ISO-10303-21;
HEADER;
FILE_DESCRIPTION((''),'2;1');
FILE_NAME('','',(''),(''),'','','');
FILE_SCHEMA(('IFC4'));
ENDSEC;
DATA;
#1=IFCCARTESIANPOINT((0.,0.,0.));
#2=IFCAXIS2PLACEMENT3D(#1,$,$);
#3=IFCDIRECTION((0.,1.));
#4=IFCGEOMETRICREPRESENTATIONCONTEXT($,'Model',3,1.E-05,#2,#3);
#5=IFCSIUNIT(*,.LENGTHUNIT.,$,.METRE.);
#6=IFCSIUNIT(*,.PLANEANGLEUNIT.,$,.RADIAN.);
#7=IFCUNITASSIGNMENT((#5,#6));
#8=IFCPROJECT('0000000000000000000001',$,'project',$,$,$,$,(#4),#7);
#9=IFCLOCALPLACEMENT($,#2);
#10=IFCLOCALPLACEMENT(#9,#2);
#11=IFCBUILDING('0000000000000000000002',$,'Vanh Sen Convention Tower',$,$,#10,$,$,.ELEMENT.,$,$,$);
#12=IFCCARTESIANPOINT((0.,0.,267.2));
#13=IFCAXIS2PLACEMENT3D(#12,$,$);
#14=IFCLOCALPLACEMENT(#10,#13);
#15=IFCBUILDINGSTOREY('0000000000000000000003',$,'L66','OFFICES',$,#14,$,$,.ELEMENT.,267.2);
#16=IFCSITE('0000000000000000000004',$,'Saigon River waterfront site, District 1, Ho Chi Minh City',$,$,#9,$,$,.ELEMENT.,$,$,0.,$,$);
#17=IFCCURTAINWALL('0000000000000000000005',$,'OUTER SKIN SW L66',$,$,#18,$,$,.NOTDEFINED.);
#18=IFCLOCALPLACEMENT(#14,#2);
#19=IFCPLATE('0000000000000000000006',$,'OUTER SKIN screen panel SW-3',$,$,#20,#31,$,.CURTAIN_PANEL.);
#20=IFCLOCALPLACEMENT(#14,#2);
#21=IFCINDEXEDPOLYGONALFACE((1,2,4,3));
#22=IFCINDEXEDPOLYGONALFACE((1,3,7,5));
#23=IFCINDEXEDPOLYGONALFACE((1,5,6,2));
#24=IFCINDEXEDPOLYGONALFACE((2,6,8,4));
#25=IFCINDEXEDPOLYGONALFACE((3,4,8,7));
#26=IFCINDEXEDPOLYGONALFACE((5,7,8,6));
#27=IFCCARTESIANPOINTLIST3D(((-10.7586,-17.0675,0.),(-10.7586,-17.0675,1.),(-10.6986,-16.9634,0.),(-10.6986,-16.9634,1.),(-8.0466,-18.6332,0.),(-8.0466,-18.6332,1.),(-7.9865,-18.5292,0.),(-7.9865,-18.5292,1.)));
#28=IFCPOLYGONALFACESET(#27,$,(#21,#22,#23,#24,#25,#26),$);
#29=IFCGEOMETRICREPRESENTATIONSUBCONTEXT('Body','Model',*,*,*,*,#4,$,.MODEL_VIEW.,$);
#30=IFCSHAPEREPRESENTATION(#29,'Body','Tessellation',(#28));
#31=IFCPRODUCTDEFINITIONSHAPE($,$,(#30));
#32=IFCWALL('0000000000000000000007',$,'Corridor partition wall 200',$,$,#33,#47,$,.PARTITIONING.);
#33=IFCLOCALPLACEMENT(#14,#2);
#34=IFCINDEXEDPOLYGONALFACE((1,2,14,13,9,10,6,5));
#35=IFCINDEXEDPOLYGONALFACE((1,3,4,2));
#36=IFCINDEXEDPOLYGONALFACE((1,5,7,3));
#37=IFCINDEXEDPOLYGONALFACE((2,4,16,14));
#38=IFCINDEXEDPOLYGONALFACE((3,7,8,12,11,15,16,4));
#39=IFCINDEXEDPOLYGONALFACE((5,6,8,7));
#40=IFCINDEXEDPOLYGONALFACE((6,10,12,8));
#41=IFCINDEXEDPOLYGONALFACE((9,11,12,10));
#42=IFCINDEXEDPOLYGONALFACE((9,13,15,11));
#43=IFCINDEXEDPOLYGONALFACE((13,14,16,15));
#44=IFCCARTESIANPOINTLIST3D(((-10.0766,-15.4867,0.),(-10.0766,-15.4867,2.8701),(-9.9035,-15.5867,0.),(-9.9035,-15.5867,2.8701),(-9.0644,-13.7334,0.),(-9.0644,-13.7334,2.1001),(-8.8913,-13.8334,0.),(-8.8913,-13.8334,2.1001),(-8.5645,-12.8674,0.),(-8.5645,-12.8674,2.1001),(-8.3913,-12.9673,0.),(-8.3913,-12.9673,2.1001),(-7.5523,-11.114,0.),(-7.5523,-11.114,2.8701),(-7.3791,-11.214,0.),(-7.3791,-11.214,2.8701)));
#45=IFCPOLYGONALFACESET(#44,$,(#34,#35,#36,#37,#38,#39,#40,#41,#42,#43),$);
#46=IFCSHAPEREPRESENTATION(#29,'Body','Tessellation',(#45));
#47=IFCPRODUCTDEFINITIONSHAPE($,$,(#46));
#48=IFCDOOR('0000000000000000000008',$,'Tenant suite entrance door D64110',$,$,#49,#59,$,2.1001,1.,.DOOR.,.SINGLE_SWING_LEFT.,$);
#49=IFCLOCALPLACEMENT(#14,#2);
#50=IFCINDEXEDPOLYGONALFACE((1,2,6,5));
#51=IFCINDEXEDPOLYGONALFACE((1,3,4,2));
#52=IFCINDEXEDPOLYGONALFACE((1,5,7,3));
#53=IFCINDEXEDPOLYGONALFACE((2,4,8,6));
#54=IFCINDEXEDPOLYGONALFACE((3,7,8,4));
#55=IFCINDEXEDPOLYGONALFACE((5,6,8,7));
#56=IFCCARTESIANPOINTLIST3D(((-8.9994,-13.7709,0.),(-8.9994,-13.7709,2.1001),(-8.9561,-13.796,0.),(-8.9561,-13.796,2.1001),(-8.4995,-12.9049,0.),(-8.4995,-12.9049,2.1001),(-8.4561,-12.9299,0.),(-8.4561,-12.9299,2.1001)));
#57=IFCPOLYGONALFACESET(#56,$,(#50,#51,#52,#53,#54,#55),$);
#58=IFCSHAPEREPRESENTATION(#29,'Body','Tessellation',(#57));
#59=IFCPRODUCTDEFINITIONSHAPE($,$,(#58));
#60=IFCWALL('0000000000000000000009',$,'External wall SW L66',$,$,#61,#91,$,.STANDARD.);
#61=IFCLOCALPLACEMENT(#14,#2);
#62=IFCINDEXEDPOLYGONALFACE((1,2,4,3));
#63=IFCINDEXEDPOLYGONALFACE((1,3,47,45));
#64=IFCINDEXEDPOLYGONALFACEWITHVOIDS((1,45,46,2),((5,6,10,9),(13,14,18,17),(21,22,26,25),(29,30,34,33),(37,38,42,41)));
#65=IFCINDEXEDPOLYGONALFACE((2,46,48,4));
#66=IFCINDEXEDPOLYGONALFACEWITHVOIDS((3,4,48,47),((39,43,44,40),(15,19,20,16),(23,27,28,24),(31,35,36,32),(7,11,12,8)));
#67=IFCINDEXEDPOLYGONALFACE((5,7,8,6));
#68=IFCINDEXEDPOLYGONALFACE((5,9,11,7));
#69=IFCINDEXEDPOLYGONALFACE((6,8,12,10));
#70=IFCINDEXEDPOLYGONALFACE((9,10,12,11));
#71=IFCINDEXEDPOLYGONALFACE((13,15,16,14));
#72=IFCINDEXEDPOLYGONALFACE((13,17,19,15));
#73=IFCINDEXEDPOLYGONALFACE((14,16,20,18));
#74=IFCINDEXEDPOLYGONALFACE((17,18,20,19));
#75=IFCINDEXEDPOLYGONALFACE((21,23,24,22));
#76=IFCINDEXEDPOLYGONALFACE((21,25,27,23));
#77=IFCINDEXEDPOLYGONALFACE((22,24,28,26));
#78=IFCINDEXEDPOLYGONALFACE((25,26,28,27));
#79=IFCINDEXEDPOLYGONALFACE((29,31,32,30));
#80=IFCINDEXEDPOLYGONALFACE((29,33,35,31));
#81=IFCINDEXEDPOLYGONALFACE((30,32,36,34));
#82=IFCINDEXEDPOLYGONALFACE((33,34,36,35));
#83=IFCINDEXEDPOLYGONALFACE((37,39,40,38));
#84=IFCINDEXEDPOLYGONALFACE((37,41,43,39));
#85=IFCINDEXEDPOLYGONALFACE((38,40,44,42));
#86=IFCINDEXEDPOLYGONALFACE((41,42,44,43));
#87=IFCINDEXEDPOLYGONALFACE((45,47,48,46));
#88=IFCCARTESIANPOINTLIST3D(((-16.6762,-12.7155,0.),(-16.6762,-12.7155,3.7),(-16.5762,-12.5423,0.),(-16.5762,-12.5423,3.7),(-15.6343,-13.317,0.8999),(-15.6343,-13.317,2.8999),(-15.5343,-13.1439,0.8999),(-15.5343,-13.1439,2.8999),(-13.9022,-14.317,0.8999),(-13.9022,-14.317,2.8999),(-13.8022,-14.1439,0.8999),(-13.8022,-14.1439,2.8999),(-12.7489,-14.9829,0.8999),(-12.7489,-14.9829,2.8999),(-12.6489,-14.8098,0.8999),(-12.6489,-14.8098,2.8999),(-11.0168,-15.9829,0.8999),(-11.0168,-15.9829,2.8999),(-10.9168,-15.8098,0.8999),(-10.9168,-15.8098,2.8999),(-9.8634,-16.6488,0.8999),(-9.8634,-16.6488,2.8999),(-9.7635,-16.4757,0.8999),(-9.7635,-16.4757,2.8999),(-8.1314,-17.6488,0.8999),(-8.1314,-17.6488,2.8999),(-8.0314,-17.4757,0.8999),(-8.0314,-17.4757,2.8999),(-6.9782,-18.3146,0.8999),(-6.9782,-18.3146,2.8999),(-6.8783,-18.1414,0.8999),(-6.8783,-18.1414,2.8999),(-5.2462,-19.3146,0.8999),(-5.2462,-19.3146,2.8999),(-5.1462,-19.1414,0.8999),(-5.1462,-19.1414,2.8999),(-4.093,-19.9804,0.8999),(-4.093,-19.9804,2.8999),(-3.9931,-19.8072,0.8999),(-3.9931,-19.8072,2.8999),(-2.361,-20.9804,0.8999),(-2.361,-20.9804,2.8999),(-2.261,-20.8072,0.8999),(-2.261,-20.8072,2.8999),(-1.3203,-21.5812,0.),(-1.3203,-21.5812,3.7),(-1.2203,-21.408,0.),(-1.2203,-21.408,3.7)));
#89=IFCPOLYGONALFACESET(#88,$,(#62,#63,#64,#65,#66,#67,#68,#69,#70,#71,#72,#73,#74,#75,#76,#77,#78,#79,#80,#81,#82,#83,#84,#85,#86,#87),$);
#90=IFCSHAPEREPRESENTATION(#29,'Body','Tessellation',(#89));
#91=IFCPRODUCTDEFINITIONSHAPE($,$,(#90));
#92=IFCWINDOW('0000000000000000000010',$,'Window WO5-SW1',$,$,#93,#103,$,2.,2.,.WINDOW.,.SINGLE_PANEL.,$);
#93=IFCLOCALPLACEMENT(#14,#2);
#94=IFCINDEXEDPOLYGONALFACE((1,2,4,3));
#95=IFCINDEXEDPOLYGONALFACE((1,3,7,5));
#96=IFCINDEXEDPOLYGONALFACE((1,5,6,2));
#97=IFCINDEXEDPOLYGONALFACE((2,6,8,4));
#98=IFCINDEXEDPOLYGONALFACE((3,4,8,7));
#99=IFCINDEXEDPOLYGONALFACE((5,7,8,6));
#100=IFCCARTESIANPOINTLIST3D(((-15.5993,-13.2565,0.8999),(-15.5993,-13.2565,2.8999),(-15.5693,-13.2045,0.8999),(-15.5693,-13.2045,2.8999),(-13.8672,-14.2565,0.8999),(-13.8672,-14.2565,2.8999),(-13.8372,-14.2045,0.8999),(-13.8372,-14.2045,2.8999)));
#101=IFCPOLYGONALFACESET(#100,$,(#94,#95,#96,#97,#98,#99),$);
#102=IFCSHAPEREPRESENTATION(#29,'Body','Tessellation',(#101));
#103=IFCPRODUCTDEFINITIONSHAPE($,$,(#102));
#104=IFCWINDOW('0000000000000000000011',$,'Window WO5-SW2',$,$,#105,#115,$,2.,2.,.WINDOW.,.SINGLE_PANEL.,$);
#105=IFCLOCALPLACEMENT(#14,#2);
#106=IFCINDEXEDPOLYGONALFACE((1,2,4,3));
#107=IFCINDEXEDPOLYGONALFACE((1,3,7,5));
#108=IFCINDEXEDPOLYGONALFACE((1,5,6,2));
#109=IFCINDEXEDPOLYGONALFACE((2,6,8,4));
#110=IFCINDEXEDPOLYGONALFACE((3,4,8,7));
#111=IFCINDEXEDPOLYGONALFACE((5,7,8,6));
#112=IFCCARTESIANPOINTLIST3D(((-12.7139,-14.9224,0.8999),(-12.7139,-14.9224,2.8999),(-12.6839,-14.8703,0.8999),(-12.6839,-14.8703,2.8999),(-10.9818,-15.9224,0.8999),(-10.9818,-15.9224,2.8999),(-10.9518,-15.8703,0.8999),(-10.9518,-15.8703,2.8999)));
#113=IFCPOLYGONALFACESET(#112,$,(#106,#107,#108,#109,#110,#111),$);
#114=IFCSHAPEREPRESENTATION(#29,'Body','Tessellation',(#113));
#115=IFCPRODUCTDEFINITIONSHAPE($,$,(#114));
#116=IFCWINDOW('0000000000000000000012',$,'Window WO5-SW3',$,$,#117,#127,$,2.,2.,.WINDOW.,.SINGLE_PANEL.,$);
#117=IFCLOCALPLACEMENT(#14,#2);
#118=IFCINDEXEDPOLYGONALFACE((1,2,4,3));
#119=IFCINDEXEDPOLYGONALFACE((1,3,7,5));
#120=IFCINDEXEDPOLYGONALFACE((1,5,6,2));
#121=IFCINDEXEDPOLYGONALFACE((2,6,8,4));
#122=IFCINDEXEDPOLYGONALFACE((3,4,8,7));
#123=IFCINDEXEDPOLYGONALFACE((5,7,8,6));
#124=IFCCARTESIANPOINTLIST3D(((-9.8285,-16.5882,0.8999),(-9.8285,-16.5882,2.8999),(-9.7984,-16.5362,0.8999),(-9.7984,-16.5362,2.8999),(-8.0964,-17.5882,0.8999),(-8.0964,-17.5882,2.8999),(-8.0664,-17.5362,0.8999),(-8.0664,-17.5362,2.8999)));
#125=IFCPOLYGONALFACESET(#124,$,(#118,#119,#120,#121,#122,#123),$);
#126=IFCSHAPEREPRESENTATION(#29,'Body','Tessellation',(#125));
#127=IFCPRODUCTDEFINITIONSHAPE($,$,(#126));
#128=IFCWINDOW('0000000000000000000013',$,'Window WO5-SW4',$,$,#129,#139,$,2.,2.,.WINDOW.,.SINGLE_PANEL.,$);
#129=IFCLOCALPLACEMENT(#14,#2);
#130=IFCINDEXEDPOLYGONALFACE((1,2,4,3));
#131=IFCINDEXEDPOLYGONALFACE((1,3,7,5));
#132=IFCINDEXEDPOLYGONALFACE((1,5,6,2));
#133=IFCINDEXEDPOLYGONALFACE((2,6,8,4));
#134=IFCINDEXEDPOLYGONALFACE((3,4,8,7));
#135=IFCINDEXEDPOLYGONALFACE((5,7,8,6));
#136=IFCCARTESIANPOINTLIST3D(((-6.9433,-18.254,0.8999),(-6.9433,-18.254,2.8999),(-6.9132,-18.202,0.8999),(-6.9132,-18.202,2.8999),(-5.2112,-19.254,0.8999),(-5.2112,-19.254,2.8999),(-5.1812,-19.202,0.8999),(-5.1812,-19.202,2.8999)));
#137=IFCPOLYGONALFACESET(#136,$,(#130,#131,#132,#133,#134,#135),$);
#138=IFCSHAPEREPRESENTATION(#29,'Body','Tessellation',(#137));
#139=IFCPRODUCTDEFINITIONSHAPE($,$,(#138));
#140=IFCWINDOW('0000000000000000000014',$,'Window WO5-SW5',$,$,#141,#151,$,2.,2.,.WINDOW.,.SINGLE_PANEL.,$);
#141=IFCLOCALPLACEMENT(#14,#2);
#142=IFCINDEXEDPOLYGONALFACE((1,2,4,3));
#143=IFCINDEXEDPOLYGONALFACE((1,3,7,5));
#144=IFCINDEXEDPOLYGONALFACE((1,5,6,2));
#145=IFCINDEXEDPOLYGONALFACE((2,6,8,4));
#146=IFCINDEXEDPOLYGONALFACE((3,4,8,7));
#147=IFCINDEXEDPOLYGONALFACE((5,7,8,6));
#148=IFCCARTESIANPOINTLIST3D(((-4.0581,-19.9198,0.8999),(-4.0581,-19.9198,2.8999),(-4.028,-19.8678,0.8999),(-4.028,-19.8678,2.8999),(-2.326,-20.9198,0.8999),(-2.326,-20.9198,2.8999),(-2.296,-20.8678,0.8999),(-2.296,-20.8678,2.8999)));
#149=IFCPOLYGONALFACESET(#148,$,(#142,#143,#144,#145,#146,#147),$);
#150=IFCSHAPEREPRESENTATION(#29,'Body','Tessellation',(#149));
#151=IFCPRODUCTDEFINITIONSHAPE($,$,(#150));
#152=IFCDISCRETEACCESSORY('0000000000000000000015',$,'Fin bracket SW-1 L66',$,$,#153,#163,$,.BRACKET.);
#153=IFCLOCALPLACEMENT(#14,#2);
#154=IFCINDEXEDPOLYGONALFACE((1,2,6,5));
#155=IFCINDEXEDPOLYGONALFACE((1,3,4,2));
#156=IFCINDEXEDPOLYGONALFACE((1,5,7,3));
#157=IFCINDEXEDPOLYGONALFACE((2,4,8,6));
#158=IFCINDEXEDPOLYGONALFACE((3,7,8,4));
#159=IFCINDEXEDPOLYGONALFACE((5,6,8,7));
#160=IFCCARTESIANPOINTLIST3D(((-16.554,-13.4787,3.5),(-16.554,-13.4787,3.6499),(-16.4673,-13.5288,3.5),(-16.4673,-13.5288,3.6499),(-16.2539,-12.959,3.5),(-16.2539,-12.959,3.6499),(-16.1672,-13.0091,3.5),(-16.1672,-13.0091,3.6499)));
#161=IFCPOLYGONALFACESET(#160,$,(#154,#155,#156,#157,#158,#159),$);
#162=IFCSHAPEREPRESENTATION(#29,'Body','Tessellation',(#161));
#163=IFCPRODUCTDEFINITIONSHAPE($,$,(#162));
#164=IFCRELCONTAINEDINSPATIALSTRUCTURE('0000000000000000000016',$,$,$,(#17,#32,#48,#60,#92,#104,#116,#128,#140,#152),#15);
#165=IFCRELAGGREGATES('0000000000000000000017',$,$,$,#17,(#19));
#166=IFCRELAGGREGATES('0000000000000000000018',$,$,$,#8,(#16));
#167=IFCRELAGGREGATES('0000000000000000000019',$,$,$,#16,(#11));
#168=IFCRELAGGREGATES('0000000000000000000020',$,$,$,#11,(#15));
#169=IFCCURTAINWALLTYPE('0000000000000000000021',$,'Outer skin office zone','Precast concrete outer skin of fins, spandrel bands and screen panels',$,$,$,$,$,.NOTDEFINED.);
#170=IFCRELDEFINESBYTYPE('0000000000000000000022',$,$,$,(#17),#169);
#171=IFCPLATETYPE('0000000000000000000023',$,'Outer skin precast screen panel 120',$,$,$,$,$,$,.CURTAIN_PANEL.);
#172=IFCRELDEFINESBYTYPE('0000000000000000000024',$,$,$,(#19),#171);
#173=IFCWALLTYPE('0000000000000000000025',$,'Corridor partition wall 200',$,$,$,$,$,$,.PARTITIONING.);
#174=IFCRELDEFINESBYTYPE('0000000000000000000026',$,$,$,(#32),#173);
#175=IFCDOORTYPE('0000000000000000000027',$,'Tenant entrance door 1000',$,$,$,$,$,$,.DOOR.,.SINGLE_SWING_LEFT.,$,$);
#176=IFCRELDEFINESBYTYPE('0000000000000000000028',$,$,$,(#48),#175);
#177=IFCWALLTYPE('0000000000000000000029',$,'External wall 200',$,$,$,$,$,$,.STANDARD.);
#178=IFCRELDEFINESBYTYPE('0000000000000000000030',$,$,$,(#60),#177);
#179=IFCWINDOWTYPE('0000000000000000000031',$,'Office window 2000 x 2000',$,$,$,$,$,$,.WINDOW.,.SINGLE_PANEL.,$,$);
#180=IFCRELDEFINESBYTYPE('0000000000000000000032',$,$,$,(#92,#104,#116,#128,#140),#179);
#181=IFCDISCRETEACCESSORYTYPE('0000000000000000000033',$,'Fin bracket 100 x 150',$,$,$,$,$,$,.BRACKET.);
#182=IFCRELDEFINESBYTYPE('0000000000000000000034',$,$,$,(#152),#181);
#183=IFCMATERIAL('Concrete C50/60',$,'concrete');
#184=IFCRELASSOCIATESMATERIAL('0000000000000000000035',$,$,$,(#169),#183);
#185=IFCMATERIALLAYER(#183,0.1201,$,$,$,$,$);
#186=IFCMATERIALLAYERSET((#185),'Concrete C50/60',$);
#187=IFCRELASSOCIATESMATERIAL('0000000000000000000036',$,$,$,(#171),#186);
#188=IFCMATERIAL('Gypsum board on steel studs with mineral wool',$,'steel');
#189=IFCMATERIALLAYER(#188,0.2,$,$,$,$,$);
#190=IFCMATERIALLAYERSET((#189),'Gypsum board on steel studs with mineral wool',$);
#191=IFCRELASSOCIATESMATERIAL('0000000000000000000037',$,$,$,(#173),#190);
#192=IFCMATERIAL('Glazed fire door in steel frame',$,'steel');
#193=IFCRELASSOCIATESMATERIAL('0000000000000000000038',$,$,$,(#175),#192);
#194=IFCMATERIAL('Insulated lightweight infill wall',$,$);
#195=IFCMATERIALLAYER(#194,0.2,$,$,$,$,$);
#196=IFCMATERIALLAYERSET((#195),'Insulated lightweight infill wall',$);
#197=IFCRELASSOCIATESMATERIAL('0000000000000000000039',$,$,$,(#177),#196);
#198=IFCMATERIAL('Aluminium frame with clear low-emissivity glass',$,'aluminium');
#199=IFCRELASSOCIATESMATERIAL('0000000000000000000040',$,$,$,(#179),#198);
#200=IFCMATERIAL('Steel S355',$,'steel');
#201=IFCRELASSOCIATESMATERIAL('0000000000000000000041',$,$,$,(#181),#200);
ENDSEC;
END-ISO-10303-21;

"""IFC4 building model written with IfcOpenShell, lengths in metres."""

from ifc_helpers import new_model, si_unit, direction, frame, frame_2d, origin, origin_2d, place, context, subcontext, project, spatial, rectangle, extrude, material, layer, layer_set, type_object, element, fill, aggregate, save


model = new_model("IFC4")

# Units and contexts
model_context = context("Model", 3, precision=1e-05, world=origin(), true_north=direction((0.0, 1.0)))
body_context = subcontext(model_context, "Body", "Model", "MODEL_VIEW")
ifc_project = project(units=[si_unit("LENGTHUNIT", "METRE"), si_unit("PLANEANGLEUNIT", "RADIAN")], contexts=[model_context])

# Site, building, storey
site_placement = place(None, origin())
site = spatial("IfcSite", under=ifc_project, at=site_placement, Name="Saigon River waterfront site, District 1, Ho Chi Minh City", CompositionType="ELEMENT", RefElevation=0.0)
building_placement = place(site_placement, origin())
building = spatial("IfcBuilding", under=site, at=building_placement, Name="Vanh Sen Convention Tower", CompositionType="ELEMENT")
storey_placement = place(building_placement, frame((0.0, 0.0, 267.2)))
storey = spatial("IfcBuildingStorey", under=building, at=storey_placement, Name="L66", Description="OFFICES", CompositionType="ELEMENT", Elevation=267.2)

# Curtain wall
ifc_material_1 = material(Name="Concrete C50/60", Category="concrete")
curtain_wall_type = type_object("IfcCurtainWallType", Name="Outer skin office zone", Description="Precast concrete outer skin of fins, spandrel bands and screen panels", PredefinedType="NOTDEFINED", material=ifc_material_1)
curtain_wall_placement = place(storey_placement, origin())
curtain_wall = element("IfcCurtainWall", 1, at=curtain_wall_placement, inside=storey, type_object=curtain_wall_type, Name="OUTER SKIN SW L66", PredefinedType="NOTDEFINED")

# Plate
ifc_layer_1 = layer(ifc_material_1, 0.1201)
ifc_layer_set_1 = layer_set([ifc_layer_1], Name="Concrete C50/60")
plate_type = type_object("IfcPlateType", Name="Outer skin precast screen panel 120", PredefinedType="CURTAIN_PANEL", material=ifc_layer_set_1)
plate_1_placement = place(storey_placement, frame((-9.3726, -17.7983, 0.0), z_axis=(0.0, 0.0, 1.0), x_axis=(0.866029, -0.499994, 0.0)))
plate_1 = element("IfcPlate", 2, at=plate_1_placement, type_object=plate_type, Name="OUTER SKIN screen panel SW-3", PredefinedType="CURTAIN_PANEL", context=body_context, shape_type="SweptSolid", body=[
    extrude(rectangle(XDim=3.1316, YDim=0.1201, at=origin_2d()), origin(), (0.0, 0.0, 1.0), 1.0),
])
aggregate(curtain_wall, [plate_1])

# Wall, opening, door
ifc_material_2 = material(Name="Gypsum board on steel studs with mineral wool", Category="steel")
ifc_layer_2 = layer(ifc_material_2, 0.2)
ifc_layer_set_2 = layer_set([ifc_layer_2], Name="Gypsum board on steel studs with mineral wool")
wall_type_1 = type_object("IfcWallType", Name="Corridor partition wall 200", PredefinedType="PARTITIONING", material=ifc_layer_set_2)
wall_1_placement = place(storey_placement, frame((-9.99, -15.5366, 0.0), z_axis=(0.0, 0.0, 1.0), x_axis=(0.499967, 0.866045, 0.0)))
wall_1 = element("IfcWall", 3, at=wall_1_placement, inside=storey, type_object=wall_type_1, Name="Corridor partition wall 200", PredefinedType="PARTITIONING", context=body_context, shape_type="SweptSolid", body=[
    extrude(rectangle(XDim=5.0491, YDim=0.2, at=frame_2d((2.5244, 0.0))), origin(), (0.0, 0.0, 1.0), 2.8701),
])
opening_1_placement = place(wall_1_placement, frame((2.0244, 0.0, 0.0)))
opening_1 = element("IfcOpeningElement", 4, at=opening_1_placement, cuts=wall_1, PredefinedType="OPENING", context=body_context, shape_type="SweptSolid", body=[
    extrude(rectangle(XDim=1.0, YDim=2.1001, at=frame_2d((0.5, 1.05))), frame((0.0, 0.1099, 0.0), z_axis=(0.0, -1.0, 0.0), x_axis=(1.0, 0.0, 0.0)), (0.0, 0.0, 1.0), 0.22),
])
ifc_material_3 = material(Name="Glazed fire door in steel frame", Category="steel")
door_type = type_object("IfcDoorType", Name="Tenant entrance door 1000", OperationType="SINGLE_SWING_LEFT", PredefinedType="DOOR", material=ifc_material_3)
door_placement = place(opening_1_placement, origin())
door = element("IfcDoor", 5, at=door_placement, inside=storey, type_object=door_type, Name="Tenant suite entrance door D64110", OperationType="SINGLE_SWING_LEFT", OverallHeight=2.1001, OverallWidth=1.0, PredefinedType="DOOR", context=body_context, shape_type="SweptSolid", body=[
    extrude(rectangle(XDim=1.0, YDim=2.1001, at=frame_2d((0.5, 1.05))), frame((0.0, 0.0249, 0.0), z_axis=(0.0, -1.0, 0.0), x_axis=(1.0, 0.0, 0.0)), (0.0, 0.0, 1.0), 0.05),
])
fill(opening_1, door)

# Wall, openings, windows
ifc_material_4 = material(Name="Insulated lightweight infill wall")
ifc_layer_3 = layer(ifc_material_4, 0.2)
ifc_layer_set_3 = layer_set([ifc_layer_3], Name="Insulated lightweight infill wall")
wall_type_2 = type_object("IfcWallType", Name="External wall 200", PredefinedType="STANDARD", material=ifc_layer_set_3)
wall_2_placement = place(storey_placement, frame((-16.6262, -12.6289, 0.0), z_axis=(0.0, 0.0, 1.0), x_axis=(0.866026, -0.499998, 0.0)))
wall_2 = element("IfcWall", 6, at=wall_2_placement, inside=storey, type_object=wall_type_2, Name="External wall SW L66", PredefinedType="STANDARD", context=body_context, shape_type="SweptSolid", body=[
    extrude(rectangle(XDim=17.7314, YDim=0.2, at=frame_2d((8.8657, 0.0))), origin(), (0.0, 0.0, 1.0), 3.7),
])
opening_2_placement = place(wall_2_placement, frame((1.2031, 0.0, 0.8999)))
opening_2 = element("IfcOpeningElement", 7, at=opening_2_placement, cuts=wall_2, PredefinedType="OPENING", context=body_context, shape_type="SweptSolid", body=[
    extrude(rectangle(XDim=2.0, YDim=2.0, at=frame_2d((1.0, 1.0))), frame((0.0, 0.1099, 0.0), z_axis=(0.0, -1.0, 0.0), x_axis=(1.0, 0.0, 0.0)), (0.0, 0.0, 1.0), 0.22),
])
opening_3_placement = place(wall_2_placement, frame((4.5349, 0.0, 0.8999)))
opening_3 = element("IfcOpeningElement", 8, at=opening_3_placement, cuts=wall_2, PredefinedType="OPENING", context=body_context, shape_type="SweptSolid", body=[
    extrude(rectangle(XDim=2.0, YDim=2.0, at=frame_2d((1.0, 1.0))), frame((0.0, 0.1099, 0.0), z_axis=(0.0, -1.0, 0.0), x_axis=(1.0, 0.0, 0.0)), (0.0, 0.0, 1.0), 0.22),
])
opening_4_placement = place(wall_2_placement, frame((7.8667, 0.0, 0.8999)))
opening_4 = element("IfcOpeningElement", 9, at=opening_4_placement, cuts=wall_2, PredefinedType="OPENING", context=body_context, shape_type="SweptSolid", body=[
    extrude(rectangle(XDim=2.0, YDim=2.0, at=frame_2d((1.0, 1.0))), frame((0.0, 0.1099, 0.0), z_axis=(0.0, -1.0, 0.0), x_axis=(1.0, 0.0, 0.0)), (0.0, 0.0, 1.0), 0.22),
])
opening_5_placement = place(wall_2_placement, frame((11.1982, 0.0, 0.8999)))
opening_5 = element("IfcOpeningElement", 10, at=opening_5_placement, cuts=wall_2, PredefinedType="OPENING", context=body_context, shape_type="SweptSolid", body=[
    extrude(rectangle(XDim=2.0, YDim=2.0, at=frame_2d((1.0, 1.0))), frame((0.0, 0.1099, 0.0), z_axis=(0.0, -1.0, 0.0), x_axis=(1.0, 0.0, 0.0)), (0.0, 0.0, 1.0), 0.22),
])
opening_6_placement = place(wall_2_placement, frame((14.5298, 0.0, 0.8999)))
opening_6 = element("IfcOpeningElement", 11, at=opening_6_placement, cuts=wall_2, PredefinedType="OPENING", context=body_context, shape_type="SweptSolid", body=[
    extrude(rectangle(XDim=2.0, YDim=2.0, at=frame_2d((1.0, 1.0))), frame((0.0, 0.1099, 0.0), z_axis=(0.0, -1.0, 0.0), x_axis=(1.0, 0.0, 0.0)), (0.0, 0.0, 1.0), 0.22),
])
ifc_material_5 = material(Name="Aluminium frame with clear low-emissivity glass", Category="aluminium")
window_type = type_object("IfcWindowType", Name="Office window 2000 x 2000", PartitioningType="SINGLE_PANEL", PredefinedType="WINDOW", material=ifc_material_5)
window_1_placement = place(opening_2_placement, origin())
window_1 = element("IfcWindow", 12, at=window_1_placement, inside=storey, type_object=window_type, Name="Window WO5-SW1", OverallHeight=2.0, OverallWidth=2.0, PartitioningType="SINGLE_PANEL", PredefinedType="WINDOW", context=body_context, shape_type="SweptSolid", body=[
    extrude(rectangle(XDim=2.0, YDim=2.0, at=frame_2d((1.0, 1.0))), frame((0.0, 0.03, 0.0), z_axis=(0.0, -1.0, 0.0), x_axis=(1.0, 0.0, 0.0)), (0.0, 0.0, 1.0), 0.0601),
])
fill(opening_2, window_1)
window_2_placement = place(opening_3_placement, origin())
window_2 = element("IfcWindow", 13, at=window_2_placement, inside=storey, type_object=window_type, Name="Window WO5-SW2", OverallHeight=2.0, OverallWidth=2.0, PartitioningType="SINGLE_PANEL", PredefinedType="WINDOW", context=body_context, shape_type="SweptSolid", body=[
    extrude(rectangle(XDim=2.0, YDim=2.0, at=frame_2d((1.0, 1.0))), frame((0.0, 0.03, 0.0), z_axis=(0.0, -1.0, 0.0), x_axis=(1.0, 0.0, 0.0)), (0.0, 0.0, 1.0), 0.0601),
])
fill(opening_3, window_2)
window_3_placement = place(opening_4_placement, origin())
window_3 = element("IfcWindow", 14, at=window_3_placement, inside=storey, type_object=window_type, Name="Window WO5-SW3", OverallHeight=2.0, OverallWidth=2.0, PartitioningType="SINGLE_PANEL", PredefinedType="WINDOW", context=body_context, shape_type="SweptSolid", body=[
    extrude(rectangle(XDim=2.0, YDim=2.0, at=frame_2d((1.0, 1.0))), frame((0.0, 0.03, 0.0), z_axis=(0.0, -1.0, 0.0), x_axis=(1.0, 0.0, 0.0)), (0.0, 0.0, 1.0), 0.0601),
])
fill(opening_4, window_3)
window_4_placement = place(opening_5_placement, origin())
window_4 = element("IfcWindow", 15, at=window_4_placement, inside=storey, type_object=window_type, Name="Window WO5-SW4", OverallHeight=2.0, OverallWidth=2.0, PartitioningType="SINGLE_PANEL", PredefinedType="WINDOW", context=body_context, shape_type="SweptSolid", body=[
    extrude(rectangle(XDim=2.0, YDim=2.0, at=frame_2d((1.0, 1.0))), frame((0.0, 0.03, 0.0), z_axis=(0.0, -1.0, 0.0), x_axis=(1.0, 0.0, 0.0)), (0.0, 0.0, 1.0), 0.0601),
])
fill(opening_5, window_4)
window_5_placement = place(opening_6_placement, origin())
window_5 = element("IfcWindow", 16, at=window_5_placement, inside=storey, type_object=window_type, Name="Window WO5-SW5", OverallHeight=2.0, OverallWidth=2.0, PartitioningType="SINGLE_PANEL", PredefinedType="WINDOW", context=body_context, shape_type="SweptSolid", body=[
    extrude(rectangle(XDim=2.0, YDim=2.0, at=frame_2d((1.0, 1.0))), frame((0.0, 0.03, 0.0), z_axis=(0.0, -1.0, 0.0), x_axis=(1.0, 0.0, 0.0)), (0.0, 0.0, 1.0), 0.0601),
])
fill(opening_6, window_5)

# Discrete accessory
ifc_material_6 = material(Name="Steel S355", Category="steel")
discrete_accessory_type = type_object("IfcDiscreteAccessoryType", Name="Fin bracket 100 x 150", PredefinedType="BRACKET", material=ifc_material_6)
for number, where, z_axis, x_axis, name in (
    (17, (-16.3606, -13.2439, 3.5), (0.0, 0.0, 1.0), (-0.5, -0.866025, 0.0), "Fin bracket SW-1 L66"),
):
    element("IfcDiscreteAccessory", number, at=place(storey_placement, frame(where, z_axis=z_axis, x_axis=x_axis)), inside=storey, type_object=discrete_accessory_type, Name=name, PredefinedType="BRACKET", context=body_context, shape_type="SweptSolid", body=[
        extrude(rectangle(XDim=0.6001, YDim=0.1001, at=origin_2d()), origin(), (0.0, 0.0, 1.0), 0.1499),
    ])

save(model, "model.ifc")
